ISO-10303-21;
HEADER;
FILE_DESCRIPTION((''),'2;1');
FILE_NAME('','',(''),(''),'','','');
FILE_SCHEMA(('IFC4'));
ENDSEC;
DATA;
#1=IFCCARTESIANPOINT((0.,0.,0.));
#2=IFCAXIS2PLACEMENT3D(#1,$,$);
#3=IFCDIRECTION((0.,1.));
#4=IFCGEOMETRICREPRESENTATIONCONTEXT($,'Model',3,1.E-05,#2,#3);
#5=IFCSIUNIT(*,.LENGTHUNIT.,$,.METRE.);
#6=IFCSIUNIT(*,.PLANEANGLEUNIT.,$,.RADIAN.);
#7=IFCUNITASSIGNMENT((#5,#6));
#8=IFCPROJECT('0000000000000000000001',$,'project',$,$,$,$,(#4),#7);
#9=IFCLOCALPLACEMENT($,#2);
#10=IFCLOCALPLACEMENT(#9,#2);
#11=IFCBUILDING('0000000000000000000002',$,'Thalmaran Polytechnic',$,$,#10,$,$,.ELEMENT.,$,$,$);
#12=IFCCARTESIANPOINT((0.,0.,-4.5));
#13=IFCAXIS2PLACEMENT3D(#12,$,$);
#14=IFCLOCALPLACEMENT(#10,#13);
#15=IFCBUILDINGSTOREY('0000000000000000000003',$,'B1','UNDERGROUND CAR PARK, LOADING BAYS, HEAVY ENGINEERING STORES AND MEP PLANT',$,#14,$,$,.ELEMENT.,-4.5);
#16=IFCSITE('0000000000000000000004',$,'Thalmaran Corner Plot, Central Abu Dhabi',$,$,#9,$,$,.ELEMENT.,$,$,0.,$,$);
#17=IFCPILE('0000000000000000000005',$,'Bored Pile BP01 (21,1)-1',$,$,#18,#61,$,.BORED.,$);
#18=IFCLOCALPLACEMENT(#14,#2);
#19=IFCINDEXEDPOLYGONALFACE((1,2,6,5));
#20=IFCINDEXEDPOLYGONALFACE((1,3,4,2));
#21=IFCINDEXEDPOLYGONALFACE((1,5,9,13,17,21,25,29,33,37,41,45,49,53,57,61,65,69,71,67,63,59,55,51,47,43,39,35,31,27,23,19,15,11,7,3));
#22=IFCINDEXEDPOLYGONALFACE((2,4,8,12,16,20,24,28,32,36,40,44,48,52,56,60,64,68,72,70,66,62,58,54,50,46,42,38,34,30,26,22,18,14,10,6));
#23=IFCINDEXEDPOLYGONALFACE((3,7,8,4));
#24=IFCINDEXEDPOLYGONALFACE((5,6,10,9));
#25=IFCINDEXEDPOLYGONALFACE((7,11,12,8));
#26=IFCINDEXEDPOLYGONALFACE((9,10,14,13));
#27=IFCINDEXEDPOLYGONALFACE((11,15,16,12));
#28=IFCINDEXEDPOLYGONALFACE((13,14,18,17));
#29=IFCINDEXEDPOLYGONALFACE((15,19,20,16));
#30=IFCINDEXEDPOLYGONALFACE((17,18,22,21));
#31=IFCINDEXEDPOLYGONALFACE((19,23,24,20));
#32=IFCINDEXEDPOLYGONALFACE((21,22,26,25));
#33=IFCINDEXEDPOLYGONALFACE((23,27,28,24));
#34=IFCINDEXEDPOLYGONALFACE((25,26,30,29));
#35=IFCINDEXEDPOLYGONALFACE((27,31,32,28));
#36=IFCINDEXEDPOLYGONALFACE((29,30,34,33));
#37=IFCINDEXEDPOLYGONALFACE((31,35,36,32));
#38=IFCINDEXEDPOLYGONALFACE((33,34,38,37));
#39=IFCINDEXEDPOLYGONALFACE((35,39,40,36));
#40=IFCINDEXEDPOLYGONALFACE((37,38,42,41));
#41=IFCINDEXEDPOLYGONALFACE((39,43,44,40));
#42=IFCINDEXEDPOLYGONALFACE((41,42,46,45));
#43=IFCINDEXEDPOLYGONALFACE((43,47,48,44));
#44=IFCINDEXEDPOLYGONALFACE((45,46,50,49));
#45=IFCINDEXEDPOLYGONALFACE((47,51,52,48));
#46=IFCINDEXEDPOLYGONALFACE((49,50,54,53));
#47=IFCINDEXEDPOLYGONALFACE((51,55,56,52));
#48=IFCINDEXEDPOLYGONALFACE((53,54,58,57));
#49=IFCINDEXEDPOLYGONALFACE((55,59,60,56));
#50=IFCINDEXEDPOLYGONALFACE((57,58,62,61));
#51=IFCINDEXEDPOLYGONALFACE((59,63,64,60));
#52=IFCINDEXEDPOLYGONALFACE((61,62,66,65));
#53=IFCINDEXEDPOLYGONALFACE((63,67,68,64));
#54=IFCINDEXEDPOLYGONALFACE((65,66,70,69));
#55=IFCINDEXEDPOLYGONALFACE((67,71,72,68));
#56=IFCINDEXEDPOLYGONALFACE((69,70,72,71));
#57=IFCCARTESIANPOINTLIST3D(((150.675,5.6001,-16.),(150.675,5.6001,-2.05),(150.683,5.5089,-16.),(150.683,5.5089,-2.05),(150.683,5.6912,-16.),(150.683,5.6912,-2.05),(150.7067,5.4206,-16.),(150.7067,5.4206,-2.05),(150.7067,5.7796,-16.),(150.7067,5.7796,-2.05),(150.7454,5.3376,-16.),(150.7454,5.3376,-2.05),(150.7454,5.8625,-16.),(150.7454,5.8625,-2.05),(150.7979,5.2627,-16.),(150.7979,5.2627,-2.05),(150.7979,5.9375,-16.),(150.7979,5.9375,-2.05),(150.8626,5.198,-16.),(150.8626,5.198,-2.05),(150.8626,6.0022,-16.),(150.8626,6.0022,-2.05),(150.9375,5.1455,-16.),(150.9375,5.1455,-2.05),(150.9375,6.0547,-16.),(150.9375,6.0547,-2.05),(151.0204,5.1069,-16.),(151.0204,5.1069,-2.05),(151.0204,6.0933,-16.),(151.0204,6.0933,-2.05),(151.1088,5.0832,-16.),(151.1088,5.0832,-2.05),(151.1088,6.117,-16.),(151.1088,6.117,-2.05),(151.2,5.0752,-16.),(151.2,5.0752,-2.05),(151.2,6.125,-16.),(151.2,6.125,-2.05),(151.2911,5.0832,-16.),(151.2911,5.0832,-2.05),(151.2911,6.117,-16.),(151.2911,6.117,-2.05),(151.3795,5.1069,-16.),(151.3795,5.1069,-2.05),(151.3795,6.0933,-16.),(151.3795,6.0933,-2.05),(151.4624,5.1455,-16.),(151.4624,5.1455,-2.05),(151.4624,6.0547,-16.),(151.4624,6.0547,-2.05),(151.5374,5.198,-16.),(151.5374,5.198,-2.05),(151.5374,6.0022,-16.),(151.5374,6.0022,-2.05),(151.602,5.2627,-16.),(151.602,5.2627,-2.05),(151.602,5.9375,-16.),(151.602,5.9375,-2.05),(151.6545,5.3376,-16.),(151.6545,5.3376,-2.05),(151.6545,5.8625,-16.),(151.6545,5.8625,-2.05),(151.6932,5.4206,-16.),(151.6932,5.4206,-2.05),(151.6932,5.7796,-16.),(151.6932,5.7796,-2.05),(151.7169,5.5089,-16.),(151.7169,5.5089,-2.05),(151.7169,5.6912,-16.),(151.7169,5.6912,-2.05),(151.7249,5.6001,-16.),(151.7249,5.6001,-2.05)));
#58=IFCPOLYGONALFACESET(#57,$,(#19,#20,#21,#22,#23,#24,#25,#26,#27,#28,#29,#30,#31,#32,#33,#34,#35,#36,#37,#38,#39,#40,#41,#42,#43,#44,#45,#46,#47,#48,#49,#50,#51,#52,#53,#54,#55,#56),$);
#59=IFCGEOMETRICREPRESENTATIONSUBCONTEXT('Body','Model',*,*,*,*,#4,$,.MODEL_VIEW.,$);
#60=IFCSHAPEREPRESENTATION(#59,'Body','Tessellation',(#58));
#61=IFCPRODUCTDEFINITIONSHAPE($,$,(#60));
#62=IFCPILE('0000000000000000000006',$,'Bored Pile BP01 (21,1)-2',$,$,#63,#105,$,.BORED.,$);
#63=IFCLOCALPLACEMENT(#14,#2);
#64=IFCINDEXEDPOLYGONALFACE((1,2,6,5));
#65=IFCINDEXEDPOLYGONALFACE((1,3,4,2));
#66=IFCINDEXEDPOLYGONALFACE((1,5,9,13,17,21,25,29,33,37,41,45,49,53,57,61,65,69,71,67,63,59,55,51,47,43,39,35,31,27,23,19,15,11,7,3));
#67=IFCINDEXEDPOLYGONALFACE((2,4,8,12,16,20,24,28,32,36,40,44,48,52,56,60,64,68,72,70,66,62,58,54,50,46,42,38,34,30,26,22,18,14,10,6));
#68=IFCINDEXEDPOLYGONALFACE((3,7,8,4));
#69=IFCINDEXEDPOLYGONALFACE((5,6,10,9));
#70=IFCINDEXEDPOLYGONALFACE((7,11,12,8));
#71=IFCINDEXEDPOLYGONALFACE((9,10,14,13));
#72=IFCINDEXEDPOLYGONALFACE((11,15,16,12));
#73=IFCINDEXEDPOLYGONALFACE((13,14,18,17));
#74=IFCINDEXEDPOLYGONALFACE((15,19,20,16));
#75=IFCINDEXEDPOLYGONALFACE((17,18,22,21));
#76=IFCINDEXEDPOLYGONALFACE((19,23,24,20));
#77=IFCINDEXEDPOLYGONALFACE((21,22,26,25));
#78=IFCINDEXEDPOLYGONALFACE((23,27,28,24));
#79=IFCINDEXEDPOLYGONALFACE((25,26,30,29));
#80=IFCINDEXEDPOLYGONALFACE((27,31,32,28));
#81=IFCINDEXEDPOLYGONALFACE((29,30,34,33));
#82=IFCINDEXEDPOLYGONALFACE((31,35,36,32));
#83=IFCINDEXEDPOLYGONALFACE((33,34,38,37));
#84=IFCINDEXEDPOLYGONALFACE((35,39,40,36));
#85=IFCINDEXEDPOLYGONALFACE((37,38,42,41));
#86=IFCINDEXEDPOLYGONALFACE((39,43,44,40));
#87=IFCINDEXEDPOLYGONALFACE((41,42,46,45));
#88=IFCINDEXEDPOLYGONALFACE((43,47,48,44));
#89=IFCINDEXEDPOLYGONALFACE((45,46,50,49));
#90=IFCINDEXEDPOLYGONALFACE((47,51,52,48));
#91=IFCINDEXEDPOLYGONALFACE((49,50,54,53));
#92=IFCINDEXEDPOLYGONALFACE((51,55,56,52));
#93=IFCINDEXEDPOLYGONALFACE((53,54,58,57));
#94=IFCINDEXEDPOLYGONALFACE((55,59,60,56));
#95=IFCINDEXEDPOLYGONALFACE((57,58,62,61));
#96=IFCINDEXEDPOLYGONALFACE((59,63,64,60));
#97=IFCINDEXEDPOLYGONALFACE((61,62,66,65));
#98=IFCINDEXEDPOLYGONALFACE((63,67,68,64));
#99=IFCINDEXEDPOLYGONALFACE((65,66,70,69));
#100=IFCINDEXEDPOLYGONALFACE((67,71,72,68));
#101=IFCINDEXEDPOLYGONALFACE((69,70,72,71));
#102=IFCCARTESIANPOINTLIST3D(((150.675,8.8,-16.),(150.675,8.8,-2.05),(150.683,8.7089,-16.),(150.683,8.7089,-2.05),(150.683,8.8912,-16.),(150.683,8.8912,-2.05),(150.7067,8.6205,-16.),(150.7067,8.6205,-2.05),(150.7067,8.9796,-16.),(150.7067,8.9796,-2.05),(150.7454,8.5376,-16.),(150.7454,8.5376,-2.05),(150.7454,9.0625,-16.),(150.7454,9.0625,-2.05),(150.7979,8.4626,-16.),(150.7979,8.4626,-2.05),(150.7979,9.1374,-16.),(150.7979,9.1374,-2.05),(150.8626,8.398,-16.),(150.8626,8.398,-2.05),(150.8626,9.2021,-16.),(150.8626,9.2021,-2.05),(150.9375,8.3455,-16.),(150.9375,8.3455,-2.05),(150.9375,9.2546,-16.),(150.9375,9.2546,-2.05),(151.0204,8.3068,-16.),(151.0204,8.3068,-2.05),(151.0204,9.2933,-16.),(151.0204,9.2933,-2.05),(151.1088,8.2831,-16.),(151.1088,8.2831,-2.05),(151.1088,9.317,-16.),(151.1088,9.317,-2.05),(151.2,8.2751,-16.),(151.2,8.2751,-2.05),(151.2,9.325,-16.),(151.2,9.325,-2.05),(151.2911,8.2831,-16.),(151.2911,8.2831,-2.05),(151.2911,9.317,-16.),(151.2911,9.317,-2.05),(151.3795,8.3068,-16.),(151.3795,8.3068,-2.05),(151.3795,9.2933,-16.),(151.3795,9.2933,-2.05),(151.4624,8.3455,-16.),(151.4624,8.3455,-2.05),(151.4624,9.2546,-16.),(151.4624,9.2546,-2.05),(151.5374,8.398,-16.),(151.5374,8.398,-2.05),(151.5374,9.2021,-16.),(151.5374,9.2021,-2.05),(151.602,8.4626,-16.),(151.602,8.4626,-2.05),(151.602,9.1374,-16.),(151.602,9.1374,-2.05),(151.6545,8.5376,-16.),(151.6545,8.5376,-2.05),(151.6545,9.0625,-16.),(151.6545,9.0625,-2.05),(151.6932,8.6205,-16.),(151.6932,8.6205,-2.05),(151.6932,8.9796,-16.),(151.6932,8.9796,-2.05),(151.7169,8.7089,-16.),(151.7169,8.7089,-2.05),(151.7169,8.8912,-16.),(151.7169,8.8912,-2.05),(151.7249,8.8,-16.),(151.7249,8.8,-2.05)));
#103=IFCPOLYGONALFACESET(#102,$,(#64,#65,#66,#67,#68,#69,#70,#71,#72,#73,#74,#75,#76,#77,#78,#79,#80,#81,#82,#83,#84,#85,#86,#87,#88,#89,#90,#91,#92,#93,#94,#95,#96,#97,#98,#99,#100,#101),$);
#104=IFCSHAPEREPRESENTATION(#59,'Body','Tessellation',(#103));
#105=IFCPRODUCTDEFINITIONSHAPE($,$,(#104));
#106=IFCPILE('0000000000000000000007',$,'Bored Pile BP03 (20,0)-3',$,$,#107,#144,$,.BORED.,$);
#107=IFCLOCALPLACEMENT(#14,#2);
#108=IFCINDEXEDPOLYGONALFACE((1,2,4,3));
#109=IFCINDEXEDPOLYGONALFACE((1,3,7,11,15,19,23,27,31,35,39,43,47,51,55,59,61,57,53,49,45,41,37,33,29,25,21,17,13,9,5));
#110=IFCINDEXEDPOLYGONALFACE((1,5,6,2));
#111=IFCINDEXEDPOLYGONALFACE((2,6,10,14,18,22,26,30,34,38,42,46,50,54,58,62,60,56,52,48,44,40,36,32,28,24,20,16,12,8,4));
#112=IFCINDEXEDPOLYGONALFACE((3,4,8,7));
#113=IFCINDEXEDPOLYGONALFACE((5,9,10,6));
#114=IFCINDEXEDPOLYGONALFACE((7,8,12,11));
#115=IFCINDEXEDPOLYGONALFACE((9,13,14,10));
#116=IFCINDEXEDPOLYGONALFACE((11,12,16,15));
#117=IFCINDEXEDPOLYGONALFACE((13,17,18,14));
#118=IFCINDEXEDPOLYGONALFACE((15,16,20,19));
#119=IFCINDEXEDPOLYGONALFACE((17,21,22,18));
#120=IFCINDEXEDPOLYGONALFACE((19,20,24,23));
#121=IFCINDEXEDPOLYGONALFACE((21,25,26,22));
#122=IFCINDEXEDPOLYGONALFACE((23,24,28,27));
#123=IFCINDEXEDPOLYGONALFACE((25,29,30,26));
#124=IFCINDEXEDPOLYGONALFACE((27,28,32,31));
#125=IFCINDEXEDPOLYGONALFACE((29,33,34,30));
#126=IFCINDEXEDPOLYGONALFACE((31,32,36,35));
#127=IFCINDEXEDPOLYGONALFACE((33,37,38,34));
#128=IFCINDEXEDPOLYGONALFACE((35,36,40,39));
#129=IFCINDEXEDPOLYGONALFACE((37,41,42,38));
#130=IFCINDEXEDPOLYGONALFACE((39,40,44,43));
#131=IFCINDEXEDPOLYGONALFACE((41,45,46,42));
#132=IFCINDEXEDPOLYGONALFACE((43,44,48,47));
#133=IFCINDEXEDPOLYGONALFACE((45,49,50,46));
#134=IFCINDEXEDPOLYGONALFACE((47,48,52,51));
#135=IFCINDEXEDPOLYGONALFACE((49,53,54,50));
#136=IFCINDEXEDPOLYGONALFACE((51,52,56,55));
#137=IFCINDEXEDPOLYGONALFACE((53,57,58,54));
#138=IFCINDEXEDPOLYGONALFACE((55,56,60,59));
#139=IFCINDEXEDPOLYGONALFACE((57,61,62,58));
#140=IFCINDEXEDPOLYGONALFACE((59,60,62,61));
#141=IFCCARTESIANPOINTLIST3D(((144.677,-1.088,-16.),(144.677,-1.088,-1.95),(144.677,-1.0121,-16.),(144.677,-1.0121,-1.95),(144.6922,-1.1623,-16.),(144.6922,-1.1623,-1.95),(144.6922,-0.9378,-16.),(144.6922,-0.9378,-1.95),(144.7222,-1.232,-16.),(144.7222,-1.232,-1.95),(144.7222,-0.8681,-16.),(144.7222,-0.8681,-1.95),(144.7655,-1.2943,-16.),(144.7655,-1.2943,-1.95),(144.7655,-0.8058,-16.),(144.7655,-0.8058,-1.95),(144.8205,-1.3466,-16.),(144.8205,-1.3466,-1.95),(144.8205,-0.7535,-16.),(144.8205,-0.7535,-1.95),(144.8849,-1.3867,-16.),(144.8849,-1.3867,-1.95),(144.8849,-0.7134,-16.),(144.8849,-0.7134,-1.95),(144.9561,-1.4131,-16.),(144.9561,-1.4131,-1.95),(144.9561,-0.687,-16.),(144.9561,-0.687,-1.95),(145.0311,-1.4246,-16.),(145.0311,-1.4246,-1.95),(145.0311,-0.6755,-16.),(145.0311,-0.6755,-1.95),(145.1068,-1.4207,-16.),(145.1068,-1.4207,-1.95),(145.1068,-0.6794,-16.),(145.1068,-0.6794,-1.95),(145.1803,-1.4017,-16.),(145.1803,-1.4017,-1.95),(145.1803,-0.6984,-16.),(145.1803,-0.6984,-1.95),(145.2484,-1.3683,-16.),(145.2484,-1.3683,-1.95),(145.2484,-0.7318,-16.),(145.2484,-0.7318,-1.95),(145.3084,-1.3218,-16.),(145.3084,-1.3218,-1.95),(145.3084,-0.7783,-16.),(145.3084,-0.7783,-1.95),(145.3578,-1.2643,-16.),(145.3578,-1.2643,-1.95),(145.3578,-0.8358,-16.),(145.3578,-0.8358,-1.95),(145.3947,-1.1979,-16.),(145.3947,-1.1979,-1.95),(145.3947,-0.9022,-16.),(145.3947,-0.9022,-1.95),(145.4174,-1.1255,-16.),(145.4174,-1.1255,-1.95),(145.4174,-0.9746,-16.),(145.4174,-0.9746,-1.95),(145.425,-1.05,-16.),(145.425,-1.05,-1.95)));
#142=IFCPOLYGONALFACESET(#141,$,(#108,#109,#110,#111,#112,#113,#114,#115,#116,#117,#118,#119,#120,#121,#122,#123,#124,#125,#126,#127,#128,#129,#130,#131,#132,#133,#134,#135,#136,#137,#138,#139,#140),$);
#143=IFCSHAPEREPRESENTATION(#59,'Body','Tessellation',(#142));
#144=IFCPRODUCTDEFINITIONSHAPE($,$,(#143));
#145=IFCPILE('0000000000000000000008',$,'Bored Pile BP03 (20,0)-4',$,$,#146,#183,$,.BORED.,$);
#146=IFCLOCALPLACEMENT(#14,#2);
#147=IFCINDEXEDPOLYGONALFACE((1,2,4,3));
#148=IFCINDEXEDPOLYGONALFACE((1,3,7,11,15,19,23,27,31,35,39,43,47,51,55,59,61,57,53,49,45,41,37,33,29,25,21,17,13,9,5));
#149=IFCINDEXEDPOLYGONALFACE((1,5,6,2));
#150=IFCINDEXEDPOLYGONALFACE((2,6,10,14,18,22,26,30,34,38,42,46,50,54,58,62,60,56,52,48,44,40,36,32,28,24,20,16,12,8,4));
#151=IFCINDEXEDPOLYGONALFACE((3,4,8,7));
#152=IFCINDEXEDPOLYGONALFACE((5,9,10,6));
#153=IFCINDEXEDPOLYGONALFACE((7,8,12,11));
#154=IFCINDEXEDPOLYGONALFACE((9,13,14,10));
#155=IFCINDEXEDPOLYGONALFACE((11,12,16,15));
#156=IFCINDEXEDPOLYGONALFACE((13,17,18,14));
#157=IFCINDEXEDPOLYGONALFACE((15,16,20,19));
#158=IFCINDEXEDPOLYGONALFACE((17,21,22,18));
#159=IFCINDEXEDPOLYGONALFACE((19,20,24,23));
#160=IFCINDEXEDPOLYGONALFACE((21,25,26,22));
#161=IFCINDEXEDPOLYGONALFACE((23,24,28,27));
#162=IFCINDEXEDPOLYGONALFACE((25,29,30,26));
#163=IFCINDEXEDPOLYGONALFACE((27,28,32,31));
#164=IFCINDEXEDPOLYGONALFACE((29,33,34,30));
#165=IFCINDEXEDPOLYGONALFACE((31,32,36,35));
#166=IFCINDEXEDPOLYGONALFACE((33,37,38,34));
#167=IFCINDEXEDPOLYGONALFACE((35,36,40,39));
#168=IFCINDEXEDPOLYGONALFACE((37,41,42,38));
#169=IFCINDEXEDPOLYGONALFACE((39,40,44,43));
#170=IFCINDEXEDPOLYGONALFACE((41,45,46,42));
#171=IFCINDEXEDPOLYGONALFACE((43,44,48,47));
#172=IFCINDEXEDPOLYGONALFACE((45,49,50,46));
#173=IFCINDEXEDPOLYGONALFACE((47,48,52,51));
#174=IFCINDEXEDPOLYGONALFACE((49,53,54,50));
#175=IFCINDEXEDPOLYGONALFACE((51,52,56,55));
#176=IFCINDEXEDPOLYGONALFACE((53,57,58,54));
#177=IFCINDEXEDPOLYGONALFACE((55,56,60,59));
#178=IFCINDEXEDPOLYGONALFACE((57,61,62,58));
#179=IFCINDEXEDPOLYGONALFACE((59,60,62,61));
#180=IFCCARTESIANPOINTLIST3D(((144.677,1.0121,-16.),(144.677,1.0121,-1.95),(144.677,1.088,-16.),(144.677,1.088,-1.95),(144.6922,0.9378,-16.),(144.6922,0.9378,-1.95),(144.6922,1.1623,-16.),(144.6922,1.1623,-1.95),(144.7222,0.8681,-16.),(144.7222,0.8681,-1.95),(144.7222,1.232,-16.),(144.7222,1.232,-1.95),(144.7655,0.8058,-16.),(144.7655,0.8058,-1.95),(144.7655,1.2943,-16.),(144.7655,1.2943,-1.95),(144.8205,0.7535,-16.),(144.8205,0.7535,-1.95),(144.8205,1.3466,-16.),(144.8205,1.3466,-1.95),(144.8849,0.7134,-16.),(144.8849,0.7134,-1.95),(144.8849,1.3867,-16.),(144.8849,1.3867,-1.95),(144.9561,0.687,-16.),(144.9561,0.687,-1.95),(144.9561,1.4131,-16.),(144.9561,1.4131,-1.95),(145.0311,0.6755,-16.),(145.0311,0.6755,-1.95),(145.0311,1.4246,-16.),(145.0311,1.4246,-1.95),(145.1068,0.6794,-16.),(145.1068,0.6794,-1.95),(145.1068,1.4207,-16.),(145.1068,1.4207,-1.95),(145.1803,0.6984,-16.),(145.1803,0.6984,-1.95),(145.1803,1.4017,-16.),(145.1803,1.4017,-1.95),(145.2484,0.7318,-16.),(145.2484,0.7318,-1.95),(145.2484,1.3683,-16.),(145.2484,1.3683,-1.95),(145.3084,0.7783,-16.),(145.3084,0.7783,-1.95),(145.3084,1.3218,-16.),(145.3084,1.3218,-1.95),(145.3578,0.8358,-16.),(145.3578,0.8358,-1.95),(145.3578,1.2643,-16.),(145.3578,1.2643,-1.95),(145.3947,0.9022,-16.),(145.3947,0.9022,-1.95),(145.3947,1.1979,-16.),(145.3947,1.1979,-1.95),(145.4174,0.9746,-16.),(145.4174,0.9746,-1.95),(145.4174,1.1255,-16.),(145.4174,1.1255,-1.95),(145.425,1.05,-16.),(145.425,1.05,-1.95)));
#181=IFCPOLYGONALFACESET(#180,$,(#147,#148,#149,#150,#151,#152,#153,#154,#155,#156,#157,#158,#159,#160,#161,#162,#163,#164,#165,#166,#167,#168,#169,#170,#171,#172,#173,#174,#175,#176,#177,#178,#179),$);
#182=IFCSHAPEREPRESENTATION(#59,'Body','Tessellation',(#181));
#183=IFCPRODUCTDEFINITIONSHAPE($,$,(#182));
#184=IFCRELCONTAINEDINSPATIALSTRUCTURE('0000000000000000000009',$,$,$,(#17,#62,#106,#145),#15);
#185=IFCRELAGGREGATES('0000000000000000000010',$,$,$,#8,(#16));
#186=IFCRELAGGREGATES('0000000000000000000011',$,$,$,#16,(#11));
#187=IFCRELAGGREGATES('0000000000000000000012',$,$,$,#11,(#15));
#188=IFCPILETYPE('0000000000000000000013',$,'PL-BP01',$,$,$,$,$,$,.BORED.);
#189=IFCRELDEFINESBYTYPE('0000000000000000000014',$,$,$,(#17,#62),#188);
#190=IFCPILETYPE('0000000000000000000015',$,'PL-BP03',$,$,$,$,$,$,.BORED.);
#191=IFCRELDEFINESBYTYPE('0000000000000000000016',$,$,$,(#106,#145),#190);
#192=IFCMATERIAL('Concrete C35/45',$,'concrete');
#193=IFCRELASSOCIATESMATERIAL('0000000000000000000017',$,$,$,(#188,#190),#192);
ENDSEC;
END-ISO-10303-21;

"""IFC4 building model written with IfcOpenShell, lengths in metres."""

from ifc_helpers import new_model, si_unit, direction, frame, origin, origin_2d, place, context, subcontext, project, spatial, circle, extrude, material, material_profile, profile_set, type_object, element, save


model = new_model("IFC4")

# Units and contexts
model_context = context("Model", 3, precision=1e-05, world=origin(), true_north=direction((0.0, 1.0)))
body_context = subcontext(model_context, "Body", "Model", "MODEL_VIEW")
ifc_project = project(units=[si_unit("LENGTHUNIT", "METRE"), si_unit("PLANEANGLEUNIT", "RADIAN")], contexts=[model_context])

# Site, building, storey
site_placement = place(None, origin())
site = spatial("IfcSite", under=ifc_project, at=site_placement, Name="Thalmaran Corner Plot, Central Abu Dhabi", CompositionType="ELEMENT", RefElevation=0.0)
building_placement = place(site_placement, origin())
building = spatial("IfcBuilding", under=site, at=building_placement, Name="Thalmaran Polytechnic", CompositionType="ELEMENT")
storey_placement = place(building_placement, frame((0.0, 0.0, -4.5)))
storey = spatial("IfcBuildingStorey", under=building, at=storey_placement, Name="B1", Description="UNDERGROUND CAR PARK, LOADING BAYS, HEAVY ENGINEERING STORES AND MEP PLANT", CompositionType="ELEMENT", Elevation=-4.5)

# Piles
ifc_material_1 = material(Name="Concrete C35/45", Category="concrete")
ifc_material_profile_1 = material_profile(ifc_material_1, circle(Radius=0.5249, at=origin_2d()), Name="RC 1050 DIA")
ifc_profile_set_1 = profile_set([ifc_material_profile_1], Name="Concrete C35/45")
pile_type_1 = type_object("IfcPileType", Name="PL-BP01", PredefinedType="BORED", material=ifc_profile_set_1)
for number, where, z_axis, x_axis, name in (
    (1, (151.2, 5.6001, -2.05), (0.0, 0.0, -1.0), (1.0, 0.0, 0.0), "Bored Pile BP01 (21,1)-1"),
    (2, (151.2, 8.8, -2.05), (0.0, 0.0, -1.0), (1.0, 0.0, 0.0), "Bored Pile BP01 (21,1)-2"),
):
    element("IfcPile", number, at=place(storey_placement, frame(where, z_axis=z_axis, x_axis=x_axis)), inside=storey, type_object=pile_type_1, Name=name, PredefinedType="BORED", context=body_context, shape_type="SweptSolid", body=[
        extrude(circle(Radius=0.5249, at=origin_2d()), origin(), (0.0, 0.0, 1.0), 13.95),
    ])
ifc_material_profile_2 = material_profile(ifc_material_1, circle(Radius=0.375, at=origin_2d()), Name="RC 750 DIA")
ifc_profile_set_2 = profile_set([ifc_material_profile_2], Name="Concrete C35/45")
pile_type_2 = type_object("IfcPileType", Name="PL-BP03", PredefinedType="BORED", material=ifc_profile_set_2)
for number, where, z_axis, x_axis, name in (
    (3, (145.05, -1.05, -1.95), (0.0, 0.0, -1.0), (1.0, 0.0, 0.0), "Bored Pile BP03 (20,0)-3"),
    (4, (145.05, 1.05, -1.95), (0.0, 0.0, -1.0), (1.0, 0.0, 0.0), "Bored Pile BP03 (20,0)-4"),
):
    element("IfcPile", number, at=place(storey_placement, frame(where, z_axis=z_axis, x_axis=x_axis)), inside=storey, type_object=pile_type_2, Name=name, PredefinedType="BORED", context=body_context, shape_type="SweptSolid", body=[
        extrude(circle(Radius=0.375, at=origin_2d()), origin(), (0.0, 0.0, 1.0), 14.05),
    ])

save(model, "model.ifc")
